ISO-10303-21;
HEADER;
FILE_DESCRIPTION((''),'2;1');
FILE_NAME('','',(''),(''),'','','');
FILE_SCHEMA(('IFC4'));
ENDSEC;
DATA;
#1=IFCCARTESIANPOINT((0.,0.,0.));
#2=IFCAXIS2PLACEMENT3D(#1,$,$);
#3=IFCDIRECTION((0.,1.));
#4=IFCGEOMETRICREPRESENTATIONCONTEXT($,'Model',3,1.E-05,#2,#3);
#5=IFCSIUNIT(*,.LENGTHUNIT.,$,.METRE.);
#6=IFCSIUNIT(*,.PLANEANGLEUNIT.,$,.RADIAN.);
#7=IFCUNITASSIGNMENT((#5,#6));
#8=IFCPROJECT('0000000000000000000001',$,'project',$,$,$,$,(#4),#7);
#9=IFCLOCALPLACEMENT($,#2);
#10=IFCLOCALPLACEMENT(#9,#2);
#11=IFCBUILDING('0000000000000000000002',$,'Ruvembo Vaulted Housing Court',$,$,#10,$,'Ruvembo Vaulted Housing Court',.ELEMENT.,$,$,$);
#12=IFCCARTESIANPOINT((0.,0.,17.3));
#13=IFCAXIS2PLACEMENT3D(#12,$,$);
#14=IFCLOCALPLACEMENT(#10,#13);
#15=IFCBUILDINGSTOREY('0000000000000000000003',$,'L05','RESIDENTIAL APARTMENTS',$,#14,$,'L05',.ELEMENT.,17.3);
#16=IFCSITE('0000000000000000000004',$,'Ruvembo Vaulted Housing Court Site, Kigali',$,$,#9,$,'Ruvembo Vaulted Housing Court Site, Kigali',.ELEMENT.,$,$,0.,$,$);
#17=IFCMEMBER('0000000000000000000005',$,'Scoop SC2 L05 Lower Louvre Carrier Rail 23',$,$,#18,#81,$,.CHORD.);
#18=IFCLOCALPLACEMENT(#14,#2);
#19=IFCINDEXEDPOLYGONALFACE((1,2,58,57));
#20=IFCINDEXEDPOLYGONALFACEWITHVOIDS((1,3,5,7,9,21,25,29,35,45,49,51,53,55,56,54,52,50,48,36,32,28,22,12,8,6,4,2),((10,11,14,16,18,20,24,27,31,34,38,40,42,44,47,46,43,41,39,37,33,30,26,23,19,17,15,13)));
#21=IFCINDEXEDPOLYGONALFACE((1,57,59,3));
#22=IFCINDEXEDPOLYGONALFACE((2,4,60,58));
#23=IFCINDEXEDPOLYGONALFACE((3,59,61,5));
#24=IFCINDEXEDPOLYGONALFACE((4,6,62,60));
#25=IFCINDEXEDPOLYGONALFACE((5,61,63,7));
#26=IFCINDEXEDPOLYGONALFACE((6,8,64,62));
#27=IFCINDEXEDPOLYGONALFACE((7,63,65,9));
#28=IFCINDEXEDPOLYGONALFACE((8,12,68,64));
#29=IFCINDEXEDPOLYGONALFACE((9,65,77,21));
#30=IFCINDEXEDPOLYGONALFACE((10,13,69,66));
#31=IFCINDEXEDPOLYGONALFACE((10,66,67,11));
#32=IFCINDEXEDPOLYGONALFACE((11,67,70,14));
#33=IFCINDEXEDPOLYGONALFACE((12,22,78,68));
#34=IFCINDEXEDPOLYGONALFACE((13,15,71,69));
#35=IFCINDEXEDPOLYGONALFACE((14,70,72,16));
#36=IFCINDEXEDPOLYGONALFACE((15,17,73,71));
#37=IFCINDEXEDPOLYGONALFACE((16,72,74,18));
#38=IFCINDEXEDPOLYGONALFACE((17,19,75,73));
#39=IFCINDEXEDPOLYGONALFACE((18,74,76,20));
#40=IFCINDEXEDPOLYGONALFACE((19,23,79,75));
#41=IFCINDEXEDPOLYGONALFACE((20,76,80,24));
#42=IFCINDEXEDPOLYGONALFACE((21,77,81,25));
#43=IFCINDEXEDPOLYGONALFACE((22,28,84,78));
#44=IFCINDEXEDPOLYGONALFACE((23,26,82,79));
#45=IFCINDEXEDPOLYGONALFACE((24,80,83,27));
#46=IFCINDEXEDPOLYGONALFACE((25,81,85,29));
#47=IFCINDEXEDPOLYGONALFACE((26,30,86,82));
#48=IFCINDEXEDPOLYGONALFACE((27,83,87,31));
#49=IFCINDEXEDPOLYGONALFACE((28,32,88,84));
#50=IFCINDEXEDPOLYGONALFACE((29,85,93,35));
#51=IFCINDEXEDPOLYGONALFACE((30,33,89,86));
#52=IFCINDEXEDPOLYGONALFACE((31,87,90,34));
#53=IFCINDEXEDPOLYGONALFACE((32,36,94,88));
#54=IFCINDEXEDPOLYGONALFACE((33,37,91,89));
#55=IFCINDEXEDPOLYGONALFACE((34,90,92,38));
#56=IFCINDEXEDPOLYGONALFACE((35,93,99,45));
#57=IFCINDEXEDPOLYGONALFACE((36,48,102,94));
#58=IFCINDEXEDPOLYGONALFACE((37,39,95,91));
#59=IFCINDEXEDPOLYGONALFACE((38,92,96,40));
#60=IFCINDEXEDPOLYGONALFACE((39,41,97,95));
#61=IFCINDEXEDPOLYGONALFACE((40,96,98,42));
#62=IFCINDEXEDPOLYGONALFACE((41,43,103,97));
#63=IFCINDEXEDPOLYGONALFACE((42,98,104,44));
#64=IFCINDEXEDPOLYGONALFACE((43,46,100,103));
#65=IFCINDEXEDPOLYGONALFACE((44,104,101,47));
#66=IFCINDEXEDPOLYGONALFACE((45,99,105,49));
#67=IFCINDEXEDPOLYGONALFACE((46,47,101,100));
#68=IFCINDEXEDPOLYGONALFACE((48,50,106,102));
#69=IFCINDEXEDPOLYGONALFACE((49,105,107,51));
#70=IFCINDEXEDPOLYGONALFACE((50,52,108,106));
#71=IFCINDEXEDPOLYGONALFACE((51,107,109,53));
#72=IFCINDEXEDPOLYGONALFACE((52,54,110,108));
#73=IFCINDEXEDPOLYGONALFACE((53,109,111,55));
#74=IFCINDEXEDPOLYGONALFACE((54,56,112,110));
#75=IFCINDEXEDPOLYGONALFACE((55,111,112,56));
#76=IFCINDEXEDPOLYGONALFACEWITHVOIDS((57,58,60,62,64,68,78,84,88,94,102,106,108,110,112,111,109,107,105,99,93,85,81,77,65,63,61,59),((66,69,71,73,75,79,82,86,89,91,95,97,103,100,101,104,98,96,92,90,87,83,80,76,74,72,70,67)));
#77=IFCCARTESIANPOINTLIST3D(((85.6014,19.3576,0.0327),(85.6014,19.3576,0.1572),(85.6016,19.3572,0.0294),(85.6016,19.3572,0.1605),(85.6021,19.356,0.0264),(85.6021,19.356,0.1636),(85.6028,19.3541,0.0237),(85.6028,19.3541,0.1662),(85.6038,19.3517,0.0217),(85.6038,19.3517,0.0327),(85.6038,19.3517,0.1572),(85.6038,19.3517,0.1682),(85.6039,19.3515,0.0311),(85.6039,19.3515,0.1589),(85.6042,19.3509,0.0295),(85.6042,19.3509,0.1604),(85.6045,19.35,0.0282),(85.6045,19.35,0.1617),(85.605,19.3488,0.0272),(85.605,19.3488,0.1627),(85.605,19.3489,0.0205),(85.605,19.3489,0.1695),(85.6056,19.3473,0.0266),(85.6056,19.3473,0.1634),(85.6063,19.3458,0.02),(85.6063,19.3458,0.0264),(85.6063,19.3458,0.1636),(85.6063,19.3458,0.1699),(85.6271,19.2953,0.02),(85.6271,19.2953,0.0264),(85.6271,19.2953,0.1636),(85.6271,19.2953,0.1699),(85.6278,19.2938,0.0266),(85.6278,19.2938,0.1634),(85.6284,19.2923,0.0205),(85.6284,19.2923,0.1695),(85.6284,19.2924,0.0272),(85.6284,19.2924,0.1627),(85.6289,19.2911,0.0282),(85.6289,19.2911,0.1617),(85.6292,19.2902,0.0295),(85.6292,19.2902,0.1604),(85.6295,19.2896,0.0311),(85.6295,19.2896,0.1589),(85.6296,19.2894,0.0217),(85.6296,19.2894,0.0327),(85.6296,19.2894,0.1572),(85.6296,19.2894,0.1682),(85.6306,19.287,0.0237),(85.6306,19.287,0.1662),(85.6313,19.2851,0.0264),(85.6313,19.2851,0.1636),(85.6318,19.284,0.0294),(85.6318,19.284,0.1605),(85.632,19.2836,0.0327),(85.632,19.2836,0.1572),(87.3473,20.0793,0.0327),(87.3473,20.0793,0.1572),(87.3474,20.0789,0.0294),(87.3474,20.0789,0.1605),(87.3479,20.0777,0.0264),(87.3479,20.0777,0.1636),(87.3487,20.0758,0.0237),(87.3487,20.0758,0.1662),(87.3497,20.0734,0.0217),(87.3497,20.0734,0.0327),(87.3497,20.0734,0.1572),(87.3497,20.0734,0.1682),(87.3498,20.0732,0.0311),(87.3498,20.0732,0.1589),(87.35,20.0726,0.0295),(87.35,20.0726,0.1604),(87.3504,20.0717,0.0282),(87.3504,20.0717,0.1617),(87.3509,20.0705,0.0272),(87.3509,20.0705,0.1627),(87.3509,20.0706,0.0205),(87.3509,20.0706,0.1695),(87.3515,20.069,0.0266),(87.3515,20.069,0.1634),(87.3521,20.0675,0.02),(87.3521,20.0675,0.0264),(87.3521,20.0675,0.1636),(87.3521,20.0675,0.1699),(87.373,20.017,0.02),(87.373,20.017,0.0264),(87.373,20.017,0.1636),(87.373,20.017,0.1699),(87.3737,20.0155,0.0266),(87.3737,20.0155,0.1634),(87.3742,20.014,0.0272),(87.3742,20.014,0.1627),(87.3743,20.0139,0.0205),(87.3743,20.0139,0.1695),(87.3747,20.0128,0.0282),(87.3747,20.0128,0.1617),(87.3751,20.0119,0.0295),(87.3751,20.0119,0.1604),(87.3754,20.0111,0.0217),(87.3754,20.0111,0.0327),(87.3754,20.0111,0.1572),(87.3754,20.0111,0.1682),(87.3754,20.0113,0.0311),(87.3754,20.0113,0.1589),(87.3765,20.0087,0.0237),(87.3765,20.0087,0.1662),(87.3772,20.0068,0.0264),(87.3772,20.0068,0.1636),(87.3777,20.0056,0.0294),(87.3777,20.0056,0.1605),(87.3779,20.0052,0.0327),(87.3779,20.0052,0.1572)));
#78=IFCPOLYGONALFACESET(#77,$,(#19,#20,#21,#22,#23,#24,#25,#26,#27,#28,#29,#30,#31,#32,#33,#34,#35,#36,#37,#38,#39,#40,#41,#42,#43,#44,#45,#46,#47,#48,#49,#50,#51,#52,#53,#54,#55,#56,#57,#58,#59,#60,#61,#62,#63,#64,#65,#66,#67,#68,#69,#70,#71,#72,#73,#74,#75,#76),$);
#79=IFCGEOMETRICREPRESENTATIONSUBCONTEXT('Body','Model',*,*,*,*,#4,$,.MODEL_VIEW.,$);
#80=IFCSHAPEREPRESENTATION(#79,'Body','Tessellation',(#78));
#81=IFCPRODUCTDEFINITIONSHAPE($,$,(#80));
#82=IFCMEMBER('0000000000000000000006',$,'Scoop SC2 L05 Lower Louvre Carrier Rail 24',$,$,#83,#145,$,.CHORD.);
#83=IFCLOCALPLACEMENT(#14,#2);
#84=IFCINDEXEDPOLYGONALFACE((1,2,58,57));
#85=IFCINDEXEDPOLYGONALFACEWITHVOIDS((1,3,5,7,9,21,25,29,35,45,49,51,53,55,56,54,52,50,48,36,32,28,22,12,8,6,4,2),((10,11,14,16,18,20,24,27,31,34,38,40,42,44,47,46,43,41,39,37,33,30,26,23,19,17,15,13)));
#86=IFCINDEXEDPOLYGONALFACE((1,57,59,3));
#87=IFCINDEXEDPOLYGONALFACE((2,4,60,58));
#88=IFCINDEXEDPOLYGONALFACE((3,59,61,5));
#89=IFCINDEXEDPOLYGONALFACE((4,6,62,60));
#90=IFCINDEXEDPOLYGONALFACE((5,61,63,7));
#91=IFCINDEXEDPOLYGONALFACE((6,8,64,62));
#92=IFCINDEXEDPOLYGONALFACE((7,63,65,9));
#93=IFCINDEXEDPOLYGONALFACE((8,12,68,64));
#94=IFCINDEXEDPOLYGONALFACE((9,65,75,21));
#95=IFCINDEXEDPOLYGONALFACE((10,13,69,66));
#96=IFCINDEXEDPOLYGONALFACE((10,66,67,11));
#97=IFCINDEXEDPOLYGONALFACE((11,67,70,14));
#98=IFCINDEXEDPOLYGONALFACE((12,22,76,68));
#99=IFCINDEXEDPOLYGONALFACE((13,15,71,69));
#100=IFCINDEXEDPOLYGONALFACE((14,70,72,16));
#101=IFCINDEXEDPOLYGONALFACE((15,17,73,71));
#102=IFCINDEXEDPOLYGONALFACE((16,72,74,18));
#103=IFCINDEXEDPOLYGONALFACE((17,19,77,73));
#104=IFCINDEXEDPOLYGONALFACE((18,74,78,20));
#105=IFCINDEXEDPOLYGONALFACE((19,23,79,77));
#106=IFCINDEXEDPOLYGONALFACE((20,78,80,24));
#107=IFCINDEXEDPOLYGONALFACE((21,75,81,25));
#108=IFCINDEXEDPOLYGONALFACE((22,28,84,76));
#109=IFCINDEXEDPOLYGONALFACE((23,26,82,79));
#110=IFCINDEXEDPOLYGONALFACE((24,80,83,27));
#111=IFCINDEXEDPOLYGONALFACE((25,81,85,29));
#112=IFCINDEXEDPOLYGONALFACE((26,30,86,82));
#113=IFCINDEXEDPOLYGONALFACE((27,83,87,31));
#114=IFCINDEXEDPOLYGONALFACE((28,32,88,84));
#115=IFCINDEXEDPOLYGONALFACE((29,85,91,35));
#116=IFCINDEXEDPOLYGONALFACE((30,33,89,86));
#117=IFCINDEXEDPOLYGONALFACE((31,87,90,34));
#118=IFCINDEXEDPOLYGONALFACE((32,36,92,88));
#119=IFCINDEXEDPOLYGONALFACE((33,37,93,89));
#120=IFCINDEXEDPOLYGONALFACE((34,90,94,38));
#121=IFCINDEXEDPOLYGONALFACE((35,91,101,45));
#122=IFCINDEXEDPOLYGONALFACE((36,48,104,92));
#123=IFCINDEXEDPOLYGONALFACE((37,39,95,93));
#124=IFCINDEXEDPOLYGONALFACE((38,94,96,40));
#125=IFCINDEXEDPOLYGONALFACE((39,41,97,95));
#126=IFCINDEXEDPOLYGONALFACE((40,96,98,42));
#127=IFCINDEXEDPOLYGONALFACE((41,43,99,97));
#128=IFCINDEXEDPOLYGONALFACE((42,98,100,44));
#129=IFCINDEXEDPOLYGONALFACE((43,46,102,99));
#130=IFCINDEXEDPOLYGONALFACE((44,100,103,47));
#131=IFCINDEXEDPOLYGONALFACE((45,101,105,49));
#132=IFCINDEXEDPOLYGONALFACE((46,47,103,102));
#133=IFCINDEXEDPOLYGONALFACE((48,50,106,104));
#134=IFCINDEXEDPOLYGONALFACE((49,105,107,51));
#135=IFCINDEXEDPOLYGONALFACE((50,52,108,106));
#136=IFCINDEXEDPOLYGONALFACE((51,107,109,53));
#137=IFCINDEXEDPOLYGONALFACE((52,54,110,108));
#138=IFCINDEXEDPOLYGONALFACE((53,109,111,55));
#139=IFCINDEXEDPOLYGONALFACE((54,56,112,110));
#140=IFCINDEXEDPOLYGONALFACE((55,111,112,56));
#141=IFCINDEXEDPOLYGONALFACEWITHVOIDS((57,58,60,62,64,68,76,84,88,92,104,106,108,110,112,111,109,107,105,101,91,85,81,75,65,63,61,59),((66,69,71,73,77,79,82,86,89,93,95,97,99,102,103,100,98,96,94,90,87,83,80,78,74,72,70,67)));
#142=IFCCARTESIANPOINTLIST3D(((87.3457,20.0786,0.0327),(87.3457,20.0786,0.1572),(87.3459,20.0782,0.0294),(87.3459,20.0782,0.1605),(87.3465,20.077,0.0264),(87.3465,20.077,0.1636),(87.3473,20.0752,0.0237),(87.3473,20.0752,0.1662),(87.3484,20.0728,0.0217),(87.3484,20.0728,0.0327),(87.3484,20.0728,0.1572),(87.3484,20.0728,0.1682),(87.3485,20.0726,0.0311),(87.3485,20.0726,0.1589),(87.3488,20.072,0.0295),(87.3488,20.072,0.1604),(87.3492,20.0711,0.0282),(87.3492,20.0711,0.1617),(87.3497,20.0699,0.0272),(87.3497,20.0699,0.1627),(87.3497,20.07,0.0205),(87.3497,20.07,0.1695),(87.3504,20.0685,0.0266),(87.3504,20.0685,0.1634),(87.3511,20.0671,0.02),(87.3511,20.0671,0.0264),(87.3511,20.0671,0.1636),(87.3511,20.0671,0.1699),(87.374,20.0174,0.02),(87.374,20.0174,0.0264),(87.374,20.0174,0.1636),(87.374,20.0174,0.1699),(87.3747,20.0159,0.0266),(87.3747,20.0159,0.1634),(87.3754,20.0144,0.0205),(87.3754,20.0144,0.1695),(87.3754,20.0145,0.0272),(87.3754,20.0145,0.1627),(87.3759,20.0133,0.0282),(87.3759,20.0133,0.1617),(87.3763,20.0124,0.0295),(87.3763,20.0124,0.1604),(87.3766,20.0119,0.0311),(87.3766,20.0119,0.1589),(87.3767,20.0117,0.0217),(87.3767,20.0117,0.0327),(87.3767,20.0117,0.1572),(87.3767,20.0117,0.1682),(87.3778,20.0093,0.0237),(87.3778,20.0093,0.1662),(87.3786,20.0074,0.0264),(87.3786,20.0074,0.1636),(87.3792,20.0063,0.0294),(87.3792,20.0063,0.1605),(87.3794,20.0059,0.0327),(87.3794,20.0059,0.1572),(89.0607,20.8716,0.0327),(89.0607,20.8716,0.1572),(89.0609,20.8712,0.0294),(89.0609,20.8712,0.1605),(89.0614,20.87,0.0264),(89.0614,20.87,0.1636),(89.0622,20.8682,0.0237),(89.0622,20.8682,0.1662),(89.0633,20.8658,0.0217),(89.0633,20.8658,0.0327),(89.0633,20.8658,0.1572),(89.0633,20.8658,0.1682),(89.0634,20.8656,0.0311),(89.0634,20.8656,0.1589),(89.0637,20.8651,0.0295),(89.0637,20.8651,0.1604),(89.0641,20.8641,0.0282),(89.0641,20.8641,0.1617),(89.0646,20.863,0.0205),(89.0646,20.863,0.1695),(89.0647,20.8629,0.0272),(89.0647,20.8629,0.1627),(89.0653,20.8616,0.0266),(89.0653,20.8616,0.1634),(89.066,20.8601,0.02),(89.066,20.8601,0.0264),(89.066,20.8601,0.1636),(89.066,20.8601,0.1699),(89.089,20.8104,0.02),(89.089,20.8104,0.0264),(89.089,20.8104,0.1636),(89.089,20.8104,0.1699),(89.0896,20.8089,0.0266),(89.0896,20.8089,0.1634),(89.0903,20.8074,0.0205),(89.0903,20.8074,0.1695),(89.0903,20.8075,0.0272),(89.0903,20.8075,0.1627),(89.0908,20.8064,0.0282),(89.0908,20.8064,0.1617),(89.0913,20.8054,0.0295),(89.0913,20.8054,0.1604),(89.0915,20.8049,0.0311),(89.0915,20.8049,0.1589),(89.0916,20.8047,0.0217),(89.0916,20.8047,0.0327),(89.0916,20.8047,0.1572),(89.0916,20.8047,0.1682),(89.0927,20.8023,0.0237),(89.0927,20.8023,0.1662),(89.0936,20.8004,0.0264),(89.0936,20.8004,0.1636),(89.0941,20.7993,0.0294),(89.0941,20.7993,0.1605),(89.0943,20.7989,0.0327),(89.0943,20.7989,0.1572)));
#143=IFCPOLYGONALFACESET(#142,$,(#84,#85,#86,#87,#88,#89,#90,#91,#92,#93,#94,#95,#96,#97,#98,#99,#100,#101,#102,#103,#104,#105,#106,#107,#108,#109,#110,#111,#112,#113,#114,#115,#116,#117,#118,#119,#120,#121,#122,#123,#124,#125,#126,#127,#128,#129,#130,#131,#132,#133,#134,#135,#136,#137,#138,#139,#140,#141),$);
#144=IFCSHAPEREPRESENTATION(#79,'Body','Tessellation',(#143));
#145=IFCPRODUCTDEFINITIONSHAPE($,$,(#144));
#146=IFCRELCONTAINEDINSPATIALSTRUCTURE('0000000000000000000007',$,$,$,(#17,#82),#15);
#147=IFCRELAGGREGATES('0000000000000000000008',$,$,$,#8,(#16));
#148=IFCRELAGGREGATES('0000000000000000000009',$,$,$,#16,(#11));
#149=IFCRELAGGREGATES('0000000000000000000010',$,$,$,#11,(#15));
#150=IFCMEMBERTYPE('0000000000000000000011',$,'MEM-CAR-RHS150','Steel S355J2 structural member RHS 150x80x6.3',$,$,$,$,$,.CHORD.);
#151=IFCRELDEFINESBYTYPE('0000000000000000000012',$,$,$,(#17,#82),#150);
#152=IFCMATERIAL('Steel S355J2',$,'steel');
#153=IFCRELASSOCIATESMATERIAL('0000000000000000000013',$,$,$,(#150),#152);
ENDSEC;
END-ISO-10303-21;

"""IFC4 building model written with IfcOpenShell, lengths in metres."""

from ifc_helpers import new_model, si_unit, direction, frame, origin, origin_2d, place, context, subcontext, project, spatial, hollow_rectangle, extrude, material, material_profile, profile_set, type_object, element, save


model = new_model("IFC4")

# Units and contexts
model_context = context("Model", 3, precision=1e-05, world=origin(), true_north=direction((0.0, 1.0)))
body_context = subcontext(model_context, "Body", "Model", "MODEL_VIEW")
ifc_project = project(units=[si_unit("LENGTHUNIT", "METRE"), si_unit("PLANEANGLEUNIT", "RADIAN")], contexts=[model_context])

# Site, building, storey
site_placement = place(None, origin())
site = spatial("IfcSite", under=ifc_project, at=site_placement, Name="Ruvembo Vaulted Housing Court Site, Kigali", LongName="Ruvembo Vaulted Housing Court Site, Kigali", CompositionType="ELEMENT", RefElevation=0.0)
building_placement = place(site_placement, origin())
building = spatial("IfcBuilding", under=site, at=building_placement, Name="Ruvembo Vaulted Housing Court", LongName="Ruvembo Vaulted Housing Court", CompositionType="ELEMENT")
storey_placement = place(building_placement, frame((0.0, 0.0, 17.3)))
storey = spatial("IfcBuildingStorey", under=building, at=storey_placement, Name="L05", Description="RESIDENTIAL APARTMENTS", LongName="L05", CompositionType="ELEMENT", Elevation=17.3)

# Shared definitions
ifc_material_1 = material(Name="Steel S355J2", Category="steel")

# Members
ifc_material_profile_1 = material_profile(ifc_material_1, hollow_rectangle(XDim=0.0801, YDim=0.1499, WallThickness=0.0063, InnerFilletRadius=0.0063, OuterFilletRadius=0.0127, at=origin_2d()), Name="RHS 150x80x6.3")
ifc_profile_set_1 = profile_set([ifc_material_profile_1], Name="Steel S355J2")
member_type_1 = type_object("IfcMemberType", Name="MEM-CAR-RHS150", Description="Steel S355J2 structural member RHS 150x80x6.3", PredefinedType="CHORD", material=ifc_profile_set_1)
member_1_placement = place(storey_placement, frame((85.6167, 19.3206, 0.095), z_axis=(0.924155, 0.382017, 0.0), x_axis=(-0.382017, 0.924155, 0.0)))
element("IfcMember", 1, at=member_1_placement, inside=storey, type_object=member_type_1, Name="Scoop SC2 L05 Lower Louvre Carrier Rail 23", PredefinedType="CHORD", context=body_context, shape_type="SweptSolid", body=[
    extrude(hollow_rectangle(XDim=0.0801, YDim=0.1499, WallThickness=0.0063, InnerFilletRadius=0.0063, OuterFilletRadius=0.0127, at=origin_2d()), origin(), (0.0, 0.0, 1.0), 1.8892),
])
member_2_placement = place(storey_placement, frame((87.3625, 20.0422, 0.095), z_axis=(0.907657, 0.419714, 0.0), x_axis=(-0.419714, 0.907657, 0.0)))
element("IfcMember", 2, at=member_2_placement, inside=storey, type_object=member_type_1, Name="Scoop SC2 L05 Lower Louvre Carrier Rail 24", PredefinedType="CHORD", context=body_context, shape_type="SweptSolid", body=[
    extrude(hollow_rectangle(XDim=0.0801, YDim=0.1499, WallThickness=0.0063, InnerFilletRadius=0.0063, OuterFilletRadius=0.0127, at=origin_2d()), origin(), (0.0, 0.0, 1.0), 1.8894),
])

save(model, "model.ifc")
